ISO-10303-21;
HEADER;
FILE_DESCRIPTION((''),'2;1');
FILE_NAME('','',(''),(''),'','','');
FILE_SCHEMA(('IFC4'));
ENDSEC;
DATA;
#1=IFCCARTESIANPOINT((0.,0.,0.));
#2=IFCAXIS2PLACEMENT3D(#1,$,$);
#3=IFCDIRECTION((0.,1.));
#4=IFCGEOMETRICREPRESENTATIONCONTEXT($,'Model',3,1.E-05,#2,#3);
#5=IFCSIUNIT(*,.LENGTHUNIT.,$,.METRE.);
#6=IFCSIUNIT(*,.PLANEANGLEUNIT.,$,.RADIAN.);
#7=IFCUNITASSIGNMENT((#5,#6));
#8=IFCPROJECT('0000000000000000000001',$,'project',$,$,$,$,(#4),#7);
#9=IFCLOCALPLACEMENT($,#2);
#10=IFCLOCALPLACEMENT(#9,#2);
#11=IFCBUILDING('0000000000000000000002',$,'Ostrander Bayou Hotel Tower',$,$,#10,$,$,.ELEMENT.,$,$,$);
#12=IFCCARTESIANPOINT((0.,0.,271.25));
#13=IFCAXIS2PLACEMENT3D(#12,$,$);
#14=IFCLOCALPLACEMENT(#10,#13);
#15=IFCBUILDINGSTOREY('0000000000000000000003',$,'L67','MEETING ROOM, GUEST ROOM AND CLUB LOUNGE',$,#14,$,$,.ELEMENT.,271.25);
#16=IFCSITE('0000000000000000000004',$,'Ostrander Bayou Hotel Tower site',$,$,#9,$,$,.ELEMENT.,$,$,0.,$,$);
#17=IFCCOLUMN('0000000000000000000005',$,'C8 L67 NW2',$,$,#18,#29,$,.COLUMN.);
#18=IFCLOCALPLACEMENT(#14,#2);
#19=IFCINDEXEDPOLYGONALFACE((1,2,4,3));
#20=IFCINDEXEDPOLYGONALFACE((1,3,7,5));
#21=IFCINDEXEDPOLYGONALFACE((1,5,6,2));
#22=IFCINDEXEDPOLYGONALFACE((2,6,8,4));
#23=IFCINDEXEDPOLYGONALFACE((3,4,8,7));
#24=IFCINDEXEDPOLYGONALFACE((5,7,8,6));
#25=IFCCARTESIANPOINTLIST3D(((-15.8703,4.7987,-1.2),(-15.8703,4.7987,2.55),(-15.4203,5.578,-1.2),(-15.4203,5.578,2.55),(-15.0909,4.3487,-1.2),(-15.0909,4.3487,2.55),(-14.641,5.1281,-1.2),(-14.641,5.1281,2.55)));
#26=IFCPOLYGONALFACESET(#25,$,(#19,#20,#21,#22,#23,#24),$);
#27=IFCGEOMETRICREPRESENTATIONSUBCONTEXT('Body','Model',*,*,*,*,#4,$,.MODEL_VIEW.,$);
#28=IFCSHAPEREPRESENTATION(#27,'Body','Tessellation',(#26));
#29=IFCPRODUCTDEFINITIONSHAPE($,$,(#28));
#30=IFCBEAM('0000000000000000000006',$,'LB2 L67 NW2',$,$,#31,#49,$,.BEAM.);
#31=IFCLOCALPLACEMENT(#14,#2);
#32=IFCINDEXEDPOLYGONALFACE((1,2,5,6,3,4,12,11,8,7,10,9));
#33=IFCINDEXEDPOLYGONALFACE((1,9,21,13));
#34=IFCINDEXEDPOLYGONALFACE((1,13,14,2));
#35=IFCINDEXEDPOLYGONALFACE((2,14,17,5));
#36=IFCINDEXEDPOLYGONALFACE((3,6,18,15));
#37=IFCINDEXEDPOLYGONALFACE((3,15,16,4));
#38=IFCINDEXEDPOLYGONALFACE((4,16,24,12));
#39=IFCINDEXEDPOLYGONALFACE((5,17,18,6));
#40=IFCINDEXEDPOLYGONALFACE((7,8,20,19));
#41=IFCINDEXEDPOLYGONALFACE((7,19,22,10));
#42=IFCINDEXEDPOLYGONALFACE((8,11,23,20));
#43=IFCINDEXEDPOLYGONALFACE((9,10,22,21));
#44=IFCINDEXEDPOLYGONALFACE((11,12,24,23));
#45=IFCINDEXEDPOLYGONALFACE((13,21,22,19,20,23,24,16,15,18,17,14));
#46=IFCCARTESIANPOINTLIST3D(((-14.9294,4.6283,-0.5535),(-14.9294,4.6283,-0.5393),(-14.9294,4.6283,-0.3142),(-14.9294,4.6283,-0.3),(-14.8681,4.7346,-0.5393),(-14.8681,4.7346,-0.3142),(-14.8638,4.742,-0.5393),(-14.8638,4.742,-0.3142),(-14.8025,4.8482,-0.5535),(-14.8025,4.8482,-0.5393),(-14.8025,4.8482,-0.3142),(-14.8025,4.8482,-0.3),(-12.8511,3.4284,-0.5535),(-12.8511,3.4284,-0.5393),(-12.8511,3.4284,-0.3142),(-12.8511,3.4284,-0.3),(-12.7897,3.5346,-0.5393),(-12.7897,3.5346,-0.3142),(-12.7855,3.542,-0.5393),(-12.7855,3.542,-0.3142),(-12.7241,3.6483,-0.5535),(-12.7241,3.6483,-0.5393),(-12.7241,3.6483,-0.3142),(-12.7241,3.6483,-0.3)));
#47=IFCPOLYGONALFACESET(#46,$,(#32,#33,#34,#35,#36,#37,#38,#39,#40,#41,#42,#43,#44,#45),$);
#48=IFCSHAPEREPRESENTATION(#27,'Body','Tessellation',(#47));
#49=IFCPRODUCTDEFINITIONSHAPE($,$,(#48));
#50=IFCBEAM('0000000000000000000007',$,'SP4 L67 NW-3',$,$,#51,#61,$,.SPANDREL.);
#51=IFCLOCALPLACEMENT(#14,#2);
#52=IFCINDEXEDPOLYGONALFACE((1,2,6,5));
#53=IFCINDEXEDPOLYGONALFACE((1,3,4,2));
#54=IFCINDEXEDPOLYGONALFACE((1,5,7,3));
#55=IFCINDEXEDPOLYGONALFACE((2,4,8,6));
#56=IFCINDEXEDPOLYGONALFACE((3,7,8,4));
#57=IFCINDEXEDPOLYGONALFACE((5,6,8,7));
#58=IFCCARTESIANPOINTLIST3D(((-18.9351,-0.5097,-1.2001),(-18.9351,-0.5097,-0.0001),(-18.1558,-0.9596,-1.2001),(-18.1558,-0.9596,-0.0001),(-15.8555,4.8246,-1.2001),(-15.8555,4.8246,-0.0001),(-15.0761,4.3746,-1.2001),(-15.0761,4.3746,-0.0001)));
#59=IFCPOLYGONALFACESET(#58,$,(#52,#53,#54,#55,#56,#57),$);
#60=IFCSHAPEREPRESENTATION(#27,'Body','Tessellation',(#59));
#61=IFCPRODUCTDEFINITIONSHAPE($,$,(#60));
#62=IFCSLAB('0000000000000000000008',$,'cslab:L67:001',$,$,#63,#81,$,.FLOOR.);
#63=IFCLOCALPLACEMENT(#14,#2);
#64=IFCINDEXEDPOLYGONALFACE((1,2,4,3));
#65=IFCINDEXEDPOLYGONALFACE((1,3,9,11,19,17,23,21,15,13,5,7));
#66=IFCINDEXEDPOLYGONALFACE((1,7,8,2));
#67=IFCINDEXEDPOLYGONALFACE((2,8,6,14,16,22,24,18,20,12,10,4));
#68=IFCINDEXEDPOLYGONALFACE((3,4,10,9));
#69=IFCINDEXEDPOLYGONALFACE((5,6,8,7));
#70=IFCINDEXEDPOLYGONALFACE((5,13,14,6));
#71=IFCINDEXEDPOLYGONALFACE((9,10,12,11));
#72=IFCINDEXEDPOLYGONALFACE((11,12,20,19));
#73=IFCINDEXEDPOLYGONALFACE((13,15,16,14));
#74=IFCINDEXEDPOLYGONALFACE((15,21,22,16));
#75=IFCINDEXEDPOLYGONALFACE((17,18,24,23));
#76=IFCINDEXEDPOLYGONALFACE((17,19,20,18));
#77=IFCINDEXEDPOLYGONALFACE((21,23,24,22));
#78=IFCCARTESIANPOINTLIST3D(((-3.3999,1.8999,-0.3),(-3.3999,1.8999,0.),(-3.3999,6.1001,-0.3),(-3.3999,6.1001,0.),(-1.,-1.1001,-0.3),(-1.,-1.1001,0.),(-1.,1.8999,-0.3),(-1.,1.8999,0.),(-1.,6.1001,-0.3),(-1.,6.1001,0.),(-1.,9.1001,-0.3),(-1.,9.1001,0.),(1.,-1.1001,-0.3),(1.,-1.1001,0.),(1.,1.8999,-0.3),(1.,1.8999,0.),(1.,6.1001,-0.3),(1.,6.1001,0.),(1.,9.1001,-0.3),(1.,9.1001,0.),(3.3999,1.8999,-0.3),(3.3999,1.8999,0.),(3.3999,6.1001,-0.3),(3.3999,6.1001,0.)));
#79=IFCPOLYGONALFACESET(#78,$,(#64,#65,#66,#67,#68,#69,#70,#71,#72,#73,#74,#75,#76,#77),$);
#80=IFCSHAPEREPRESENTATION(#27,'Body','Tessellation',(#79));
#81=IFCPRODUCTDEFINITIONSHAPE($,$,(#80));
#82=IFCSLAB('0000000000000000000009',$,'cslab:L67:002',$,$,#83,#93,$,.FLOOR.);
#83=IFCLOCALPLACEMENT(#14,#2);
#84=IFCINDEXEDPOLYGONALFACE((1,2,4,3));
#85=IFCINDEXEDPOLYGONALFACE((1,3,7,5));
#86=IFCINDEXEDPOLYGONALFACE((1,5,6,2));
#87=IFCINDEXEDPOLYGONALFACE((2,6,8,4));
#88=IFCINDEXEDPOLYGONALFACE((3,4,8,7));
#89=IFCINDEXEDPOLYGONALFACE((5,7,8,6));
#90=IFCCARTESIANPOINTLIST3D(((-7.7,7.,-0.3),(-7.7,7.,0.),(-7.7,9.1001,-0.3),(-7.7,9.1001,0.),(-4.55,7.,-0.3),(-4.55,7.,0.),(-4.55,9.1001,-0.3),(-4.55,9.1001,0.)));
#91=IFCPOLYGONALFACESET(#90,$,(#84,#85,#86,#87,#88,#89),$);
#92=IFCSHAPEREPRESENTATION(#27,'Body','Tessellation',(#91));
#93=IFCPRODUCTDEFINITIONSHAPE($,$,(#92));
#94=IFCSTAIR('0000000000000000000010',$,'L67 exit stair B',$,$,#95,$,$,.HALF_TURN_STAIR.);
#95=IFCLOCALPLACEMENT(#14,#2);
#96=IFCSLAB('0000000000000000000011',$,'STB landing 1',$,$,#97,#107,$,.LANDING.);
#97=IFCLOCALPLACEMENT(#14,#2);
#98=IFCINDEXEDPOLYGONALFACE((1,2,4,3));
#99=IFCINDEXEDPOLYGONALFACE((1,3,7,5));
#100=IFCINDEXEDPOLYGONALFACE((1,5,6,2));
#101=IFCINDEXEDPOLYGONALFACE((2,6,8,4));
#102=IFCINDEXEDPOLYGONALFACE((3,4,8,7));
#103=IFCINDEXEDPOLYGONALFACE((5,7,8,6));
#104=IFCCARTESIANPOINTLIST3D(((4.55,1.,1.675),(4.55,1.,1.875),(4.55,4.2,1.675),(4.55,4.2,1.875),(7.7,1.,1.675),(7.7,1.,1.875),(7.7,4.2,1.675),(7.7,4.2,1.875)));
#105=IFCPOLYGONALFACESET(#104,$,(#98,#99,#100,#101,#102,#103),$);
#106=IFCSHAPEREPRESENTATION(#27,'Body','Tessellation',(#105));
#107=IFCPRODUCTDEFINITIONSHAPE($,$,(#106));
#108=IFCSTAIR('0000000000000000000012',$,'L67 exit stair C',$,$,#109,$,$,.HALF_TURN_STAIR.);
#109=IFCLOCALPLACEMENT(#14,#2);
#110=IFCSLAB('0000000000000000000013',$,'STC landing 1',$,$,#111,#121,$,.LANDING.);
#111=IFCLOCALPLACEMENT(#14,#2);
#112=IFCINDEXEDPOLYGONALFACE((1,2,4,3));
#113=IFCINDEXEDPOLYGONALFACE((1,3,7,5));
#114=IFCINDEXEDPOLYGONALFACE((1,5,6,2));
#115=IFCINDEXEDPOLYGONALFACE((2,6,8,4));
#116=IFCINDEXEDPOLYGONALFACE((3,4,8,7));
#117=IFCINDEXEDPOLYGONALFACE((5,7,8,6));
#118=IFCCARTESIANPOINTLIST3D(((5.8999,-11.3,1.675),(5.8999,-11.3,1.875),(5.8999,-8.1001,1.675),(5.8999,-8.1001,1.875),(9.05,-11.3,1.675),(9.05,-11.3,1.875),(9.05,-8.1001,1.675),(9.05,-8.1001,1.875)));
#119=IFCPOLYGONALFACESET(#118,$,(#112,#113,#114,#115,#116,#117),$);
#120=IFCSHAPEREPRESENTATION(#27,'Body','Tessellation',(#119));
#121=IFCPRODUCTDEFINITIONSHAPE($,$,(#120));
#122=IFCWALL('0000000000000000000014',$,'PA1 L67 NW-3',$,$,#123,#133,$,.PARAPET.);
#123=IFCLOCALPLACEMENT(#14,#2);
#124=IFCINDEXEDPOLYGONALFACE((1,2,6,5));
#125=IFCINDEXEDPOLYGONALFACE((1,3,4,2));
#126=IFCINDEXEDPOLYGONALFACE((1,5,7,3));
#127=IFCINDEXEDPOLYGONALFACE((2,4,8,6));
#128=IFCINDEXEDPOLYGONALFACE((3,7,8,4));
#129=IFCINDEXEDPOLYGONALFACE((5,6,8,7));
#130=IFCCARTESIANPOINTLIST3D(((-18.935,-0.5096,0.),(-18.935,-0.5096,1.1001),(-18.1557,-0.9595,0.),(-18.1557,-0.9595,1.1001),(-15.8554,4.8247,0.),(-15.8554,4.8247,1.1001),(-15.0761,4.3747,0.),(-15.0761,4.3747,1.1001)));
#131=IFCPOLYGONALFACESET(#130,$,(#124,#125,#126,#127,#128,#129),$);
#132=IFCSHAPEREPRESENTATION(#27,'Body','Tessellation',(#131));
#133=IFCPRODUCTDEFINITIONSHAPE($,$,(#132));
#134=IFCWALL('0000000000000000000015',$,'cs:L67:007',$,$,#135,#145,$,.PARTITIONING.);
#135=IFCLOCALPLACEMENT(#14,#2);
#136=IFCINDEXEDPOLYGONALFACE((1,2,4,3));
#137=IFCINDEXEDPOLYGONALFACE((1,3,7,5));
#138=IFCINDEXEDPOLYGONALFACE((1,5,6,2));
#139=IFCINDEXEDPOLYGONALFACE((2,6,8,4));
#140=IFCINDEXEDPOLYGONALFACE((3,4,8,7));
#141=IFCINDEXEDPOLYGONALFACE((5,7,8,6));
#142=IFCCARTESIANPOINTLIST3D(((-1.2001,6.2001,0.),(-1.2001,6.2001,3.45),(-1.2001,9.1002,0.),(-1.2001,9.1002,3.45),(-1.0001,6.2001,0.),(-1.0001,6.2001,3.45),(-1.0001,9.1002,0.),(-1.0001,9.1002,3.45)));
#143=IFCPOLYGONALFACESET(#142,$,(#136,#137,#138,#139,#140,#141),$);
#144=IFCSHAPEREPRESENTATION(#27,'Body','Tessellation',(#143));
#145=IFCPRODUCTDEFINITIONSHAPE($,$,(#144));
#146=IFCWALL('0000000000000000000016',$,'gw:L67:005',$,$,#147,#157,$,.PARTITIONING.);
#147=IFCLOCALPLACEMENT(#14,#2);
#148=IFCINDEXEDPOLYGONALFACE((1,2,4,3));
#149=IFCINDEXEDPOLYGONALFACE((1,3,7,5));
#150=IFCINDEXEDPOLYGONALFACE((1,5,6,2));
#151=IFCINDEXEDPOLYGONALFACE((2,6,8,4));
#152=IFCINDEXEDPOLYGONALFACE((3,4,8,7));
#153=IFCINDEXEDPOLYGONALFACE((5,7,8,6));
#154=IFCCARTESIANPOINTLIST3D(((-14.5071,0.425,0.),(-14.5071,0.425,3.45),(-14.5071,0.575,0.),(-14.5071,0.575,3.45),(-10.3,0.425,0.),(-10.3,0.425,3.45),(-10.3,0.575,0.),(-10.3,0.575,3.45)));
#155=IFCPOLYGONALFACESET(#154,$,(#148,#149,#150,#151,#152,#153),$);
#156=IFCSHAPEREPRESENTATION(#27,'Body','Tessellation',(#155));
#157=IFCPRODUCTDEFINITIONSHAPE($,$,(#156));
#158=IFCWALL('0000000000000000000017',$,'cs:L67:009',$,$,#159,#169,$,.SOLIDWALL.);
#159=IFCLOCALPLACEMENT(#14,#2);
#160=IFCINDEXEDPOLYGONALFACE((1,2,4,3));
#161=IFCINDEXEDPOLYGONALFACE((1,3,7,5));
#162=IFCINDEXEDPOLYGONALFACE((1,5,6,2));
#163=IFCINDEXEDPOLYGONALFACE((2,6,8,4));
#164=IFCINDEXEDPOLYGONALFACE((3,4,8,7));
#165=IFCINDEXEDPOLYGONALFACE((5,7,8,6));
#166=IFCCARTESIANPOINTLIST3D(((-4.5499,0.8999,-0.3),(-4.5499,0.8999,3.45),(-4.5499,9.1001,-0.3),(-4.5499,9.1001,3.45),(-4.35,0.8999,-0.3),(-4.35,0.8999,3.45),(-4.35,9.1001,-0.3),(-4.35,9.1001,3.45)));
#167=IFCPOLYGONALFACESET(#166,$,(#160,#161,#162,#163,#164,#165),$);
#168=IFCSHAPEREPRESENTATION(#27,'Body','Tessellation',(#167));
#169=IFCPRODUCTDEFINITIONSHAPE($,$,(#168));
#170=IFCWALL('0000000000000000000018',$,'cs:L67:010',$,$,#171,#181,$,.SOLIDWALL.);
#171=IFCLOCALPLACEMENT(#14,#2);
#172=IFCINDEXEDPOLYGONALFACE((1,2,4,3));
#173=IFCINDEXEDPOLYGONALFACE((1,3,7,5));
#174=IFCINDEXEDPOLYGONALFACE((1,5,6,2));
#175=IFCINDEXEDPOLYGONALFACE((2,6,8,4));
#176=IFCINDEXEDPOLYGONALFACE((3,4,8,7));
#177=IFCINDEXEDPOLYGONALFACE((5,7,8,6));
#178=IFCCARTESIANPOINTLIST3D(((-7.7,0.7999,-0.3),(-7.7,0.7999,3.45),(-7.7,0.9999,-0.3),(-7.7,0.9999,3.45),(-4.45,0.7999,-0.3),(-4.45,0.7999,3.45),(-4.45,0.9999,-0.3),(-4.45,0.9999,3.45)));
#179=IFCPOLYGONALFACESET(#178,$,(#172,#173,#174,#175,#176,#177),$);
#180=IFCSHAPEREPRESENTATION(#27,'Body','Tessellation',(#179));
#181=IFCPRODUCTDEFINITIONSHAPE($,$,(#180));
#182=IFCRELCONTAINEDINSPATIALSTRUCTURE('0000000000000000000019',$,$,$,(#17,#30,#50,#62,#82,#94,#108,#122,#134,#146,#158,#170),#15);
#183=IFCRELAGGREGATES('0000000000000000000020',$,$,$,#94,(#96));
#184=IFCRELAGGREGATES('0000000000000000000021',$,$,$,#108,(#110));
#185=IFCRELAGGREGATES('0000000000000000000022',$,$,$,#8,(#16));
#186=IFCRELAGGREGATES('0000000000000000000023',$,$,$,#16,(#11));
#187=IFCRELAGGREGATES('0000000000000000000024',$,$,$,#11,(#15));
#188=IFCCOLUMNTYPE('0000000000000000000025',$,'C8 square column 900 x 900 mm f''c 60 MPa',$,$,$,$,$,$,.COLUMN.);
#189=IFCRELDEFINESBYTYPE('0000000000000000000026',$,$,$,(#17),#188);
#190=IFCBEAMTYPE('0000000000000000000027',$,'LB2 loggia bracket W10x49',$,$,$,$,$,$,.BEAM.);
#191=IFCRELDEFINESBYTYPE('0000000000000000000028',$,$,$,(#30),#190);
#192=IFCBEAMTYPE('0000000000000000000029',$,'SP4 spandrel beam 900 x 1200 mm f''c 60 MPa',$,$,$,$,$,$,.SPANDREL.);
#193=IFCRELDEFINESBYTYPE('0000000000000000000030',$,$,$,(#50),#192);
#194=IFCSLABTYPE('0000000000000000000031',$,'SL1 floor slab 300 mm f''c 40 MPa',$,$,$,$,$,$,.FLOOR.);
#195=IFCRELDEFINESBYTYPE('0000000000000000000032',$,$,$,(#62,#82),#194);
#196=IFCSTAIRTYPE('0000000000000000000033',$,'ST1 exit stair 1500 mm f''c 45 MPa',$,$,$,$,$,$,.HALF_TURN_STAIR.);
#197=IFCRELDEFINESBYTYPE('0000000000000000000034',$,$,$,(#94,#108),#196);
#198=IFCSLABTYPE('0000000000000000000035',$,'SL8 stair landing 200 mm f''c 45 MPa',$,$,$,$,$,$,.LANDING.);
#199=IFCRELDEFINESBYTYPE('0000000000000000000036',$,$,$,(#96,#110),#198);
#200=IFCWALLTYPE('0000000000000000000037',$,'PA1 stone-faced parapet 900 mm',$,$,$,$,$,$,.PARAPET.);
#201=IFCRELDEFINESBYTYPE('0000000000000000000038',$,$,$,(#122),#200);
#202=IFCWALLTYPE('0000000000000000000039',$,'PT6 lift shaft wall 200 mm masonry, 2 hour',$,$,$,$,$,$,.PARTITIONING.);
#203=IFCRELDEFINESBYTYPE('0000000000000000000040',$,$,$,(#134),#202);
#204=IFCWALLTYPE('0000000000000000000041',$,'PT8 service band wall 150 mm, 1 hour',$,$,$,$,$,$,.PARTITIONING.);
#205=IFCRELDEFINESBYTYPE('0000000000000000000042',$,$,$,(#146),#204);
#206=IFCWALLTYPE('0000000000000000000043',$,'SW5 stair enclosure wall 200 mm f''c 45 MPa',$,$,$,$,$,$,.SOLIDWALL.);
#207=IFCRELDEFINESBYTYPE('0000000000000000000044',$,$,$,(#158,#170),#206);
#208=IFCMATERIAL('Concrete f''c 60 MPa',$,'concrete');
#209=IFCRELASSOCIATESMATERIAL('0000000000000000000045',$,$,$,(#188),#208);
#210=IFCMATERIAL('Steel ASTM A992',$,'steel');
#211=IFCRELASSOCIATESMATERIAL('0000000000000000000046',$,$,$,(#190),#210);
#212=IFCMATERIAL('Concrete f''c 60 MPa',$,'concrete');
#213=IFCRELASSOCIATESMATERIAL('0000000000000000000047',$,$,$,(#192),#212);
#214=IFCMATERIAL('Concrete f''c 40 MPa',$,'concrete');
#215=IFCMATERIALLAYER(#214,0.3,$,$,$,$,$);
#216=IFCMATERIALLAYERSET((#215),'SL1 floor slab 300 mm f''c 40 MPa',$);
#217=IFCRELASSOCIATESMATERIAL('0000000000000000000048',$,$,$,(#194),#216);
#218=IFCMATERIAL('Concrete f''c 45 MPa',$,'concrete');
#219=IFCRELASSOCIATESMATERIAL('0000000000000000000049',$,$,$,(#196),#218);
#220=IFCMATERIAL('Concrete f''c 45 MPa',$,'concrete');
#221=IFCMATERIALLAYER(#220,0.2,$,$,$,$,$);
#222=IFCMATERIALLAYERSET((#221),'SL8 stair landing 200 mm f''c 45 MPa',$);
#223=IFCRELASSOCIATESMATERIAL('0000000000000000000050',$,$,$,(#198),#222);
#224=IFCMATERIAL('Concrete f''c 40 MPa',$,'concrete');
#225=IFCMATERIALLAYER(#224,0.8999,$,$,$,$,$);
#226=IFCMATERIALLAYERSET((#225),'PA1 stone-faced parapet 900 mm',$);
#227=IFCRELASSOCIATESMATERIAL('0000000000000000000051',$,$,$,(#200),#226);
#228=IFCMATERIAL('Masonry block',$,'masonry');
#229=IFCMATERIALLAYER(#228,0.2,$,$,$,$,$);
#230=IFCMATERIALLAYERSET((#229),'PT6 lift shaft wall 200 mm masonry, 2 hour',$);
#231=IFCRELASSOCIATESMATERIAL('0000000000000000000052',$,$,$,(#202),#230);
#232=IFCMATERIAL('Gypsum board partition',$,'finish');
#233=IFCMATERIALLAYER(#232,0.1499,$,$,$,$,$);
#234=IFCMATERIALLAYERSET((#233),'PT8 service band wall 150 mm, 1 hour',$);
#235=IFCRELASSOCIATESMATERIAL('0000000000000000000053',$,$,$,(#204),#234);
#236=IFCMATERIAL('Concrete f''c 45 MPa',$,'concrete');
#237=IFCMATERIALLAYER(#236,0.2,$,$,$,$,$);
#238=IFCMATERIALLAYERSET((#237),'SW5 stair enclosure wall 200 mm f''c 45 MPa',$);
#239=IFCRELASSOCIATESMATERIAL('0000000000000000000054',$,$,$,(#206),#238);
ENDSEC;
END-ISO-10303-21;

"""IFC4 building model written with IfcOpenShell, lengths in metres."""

from ifc_helpers import new_model, si_unit, direction, frame, frame_2d, origin, origin_2d, place, context, subcontext, project, spatial, polyline, rectangle, i_section, outline, extrude, material, layer, layer_set, material_profile, profile_set, type_object, element, aggregate, save


model = new_model("IFC4")

# Units and contexts
model_context = context("Model", 3, precision=1e-05, world=origin(), true_north=direction((0.0, 1.0)))
body_context = subcontext(model_context, "Body", "Model", "MODEL_VIEW")
ifc_project = project(units=[si_unit("LENGTHUNIT", "METRE"), si_unit("PLANEANGLEUNIT", "RADIAN")], contexts=[model_context])

# Site, building, storey
site_placement = place(None, origin())
site = spatial("IfcSite", under=ifc_project, at=site_placement, Name="Ostrander Bayou Hotel Tower site", CompositionType="ELEMENT", RefElevation=0.0)
building_placement = place(site_placement, origin())
building = spatial("IfcBuilding", under=site, at=building_placement, Name="Ostrander Bayou Hotel Tower", CompositionType="ELEMENT")
storey_placement = place(building_placement, frame((0.0, 0.0, 271.25)))
storey = spatial("IfcBuildingStorey", under=building, at=storey_placement, Name="L67", Description="MEETING ROOM, GUEST ROOM AND CLUB LOUNGE", CompositionType="ELEMENT", Elevation=271.25)

# Column
ifc_material_1 = material(Name="Concrete f'c 60 MPa", Category="concrete")
ifc_material_profile_1 = material_profile(ifc_material_1, rectangle(XDim=0.8999, YDim=0.8999, at=origin_2d()))
ifc_profile_set_1 = profile_set([ifc_material_profile_1], Name="Concrete f'c 60 MPa")
column_type = type_object("IfcColumnType", Name="C8 square column 900 x 900 mm f'c 60 MPa", PredefinedType="COLUMN", material=ifc_profile_set_1)
column_placement = place(storey_placement, frame((-15.2556, 4.9634, -1.2), z_axis=(0.0, 0.0, 1.0), x_axis=(0.5, 0.866025, 0.0)))
element("IfcColumn", 1, at=column_placement, inside=storey, type_object=column_type, Name="C8 L67 NW2", PredefinedType="COLUMN", context=body_context, shape_type="SweptSolid", body=[
    extrude(rectangle(XDim=0.8999, YDim=0.8999, at=origin_2d()), origin(), (0.0, 0.0, 1.0), 3.75),
])

# Beams
ifc_material_2 = material(Name="Steel ASTM A992", Category="steel")
ifc_material_profile_2 = material_profile(ifc_material_2, i_section(OverallWidth=0.2539, OverallDepth=0.2534, WebThickness=0.0085, FlangeThickness=0.0142, at=origin_2d()))
ifc_profile_set_2 = profile_set([ifc_material_profile_2], Name="Steel ASTM A992")
beam_type_1 = type_object("IfcBeamType", Name="LB2 loggia bracket W10x49", PredefinedType="BEAM", material=ifc_profile_set_2)
beam_1_placement = place(storey_placement, frame((-14.866, 4.7383, -0.4268), z_axis=(0.866025, -0.500001, 0.0), x_axis=(0.500001, 0.866025, 0.0)))
element("IfcBeam", 2, at=beam_1_placement, inside=storey, type_object=beam_type_1, Name="LB2 L67 NW2", PredefinedType="BEAM", context=body_context, shape_type="SweptSolid", body=[
    extrude(i_section(OverallWidth=0.2539, OverallDepth=0.2534, WebThickness=0.0085, FlangeThickness=0.0142, at=origin_2d()), origin(), (0.0, 0.0, 1.0), 2.3999),
])
ifc_material_3 = material(Name="Concrete f'c 60 MPa", Category="concrete")
ifc_material_profile_3 = material_profile(ifc_material_3, rectangle(XDim=0.8999, YDim=1.2, at=origin_2d()))
ifc_profile_set_3 = profile_set([ifc_material_profile_3], Name="Concrete f'c 60 MPa")
beam_type_2 = type_object("IfcBeamType", Name="SP4 spandrel beam 900 x 1200 mm f'c 60 MPa", PredefinedType="SPANDREL", material=ifc_profile_set_3)
beam_2_placement = place(storey_placement, frame((-15.4658, 4.5996, -0.6001), z_axis=(-0.499984, -0.866034, 0.0), x_axis=(0.866034, -0.499984, 0.0)))
element("IfcBeam", 3, at=beam_2_placement, inside=storey, type_object=beam_type_2, Name="SP4 L67 NW-3", PredefinedType="SPANDREL", context=body_context, shape_type="SweptSolid", body=[
    extrude(rectangle(XDim=0.8999, YDim=1.2, at=origin_2d()), origin(), (0.0, 0.0, 1.0), 6.1594),
])

# Slabs
ifc_material_4 = material(Name="Concrete f'c 40 MPa", Category="concrete")
ifc_layer_1 = layer(ifc_material_4, 0.3)
ifc_layer_set_1 = layer_set([ifc_layer_1], Name="SL1 floor slab 300 mm f'c 40 MPa")
slab_type_1 = type_object("IfcSlabType", Name="SL1 floor slab 300 mm f'c 40 MPa", PredefinedType="FLOOR", material=ifc_layer_set_1)
slab_1_placement = place(storey_placement, frame((0.0, 0.0, -0.3)))
element("IfcSlab", 4, at=slab_1_placement, inside=storey, type_object=slab_type_1, Name="cslab:L67:001", PredefinedType="FLOOR", context=body_context, shape_type="SweptSolid", body=[
    extrude(outline(polyline([(-3.3999, 6.1001), (-1.0, 6.1001), (-1.0, 9.1001), (1.0, 9.1001), (1.0, 6.1001), (3.3999, 6.1001), (3.3999, 1.8999), (1.0, 1.8999), (1.0, -1.1001), (-1.0, -1.1001), (-1.0, 1.8999), (-3.3999, 1.8999), (-3.3999, 6.1001)])), origin(), (0.0, 0.0, 1.0), 0.3),
])
slab_2_placement = place(storey_placement, frame((0.0, 0.0, -0.3)))
element("IfcSlab", 5, at=slab_2_placement, inside=storey, type_object=slab_type_1, Name="cslab:L67:002", PredefinedType="FLOOR", context=body_context, shape_type="SweptSolid", body=[
    extrude(outline(polyline([(-4.55, 7.0), (-4.55, 9.1001), (-7.7, 9.1001), (-7.7, 7.0), (-4.55, 7.0)])), origin(), (0.0, 0.0, 1.0), 0.3),
])

# Stairs, slabs
ifc_material_5 = material(Name="Concrete f'c 45 MPa", Category="concrete")
stair_type = type_object("IfcStairType", Name="ST1 exit stair 1500 mm f'c 45 MPa", PredefinedType="HALF_TURN_STAIR", material=ifc_material_5)
stair_1_placement = place(storey_placement, origin())
stair_1 = element("IfcStair", 6, at=stair_1_placement, inside=storey, type_object=stair_type, Name="L67 exit stair B", PredefinedType="HALF_TURN_STAIR")
ifc_material_6 = material(Name="Concrete f'c 45 MPa", Category="concrete")
ifc_layer_2 = layer(ifc_material_6, 0.2)
ifc_layer_set_2 = layer_set([ifc_layer_2], Name="SL8 stair landing 200 mm f'c 45 MPa")
slab_type_2 = type_object("IfcSlabType", Name="SL8 stair landing 200 mm f'c 45 MPa", PredefinedType="LANDING", material=ifc_layer_set_2)
slab_3_placement = place(storey_placement, frame((0.0, 0.0, 1.675)))
slab_3 = element("IfcSlab", 7, at=slab_3_placement, type_object=slab_type_2, Name="STB landing 1", PredefinedType="LANDING", context=body_context, shape_type="SweptSolid", body=[
    extrude(outline(polyline([(4.55, 4.2), (4.55, 1.0), (7.7, 1.0), (7.7, 4.2), (4.55, 4.2)])), origin(), (0.0, 0.0, 1.0), 0.2),
])
aggregate(stair_1, [slab_3])
stair_2_placement = place(storey_placement, origin())
stair_2 = element("IfcStair", 8, at=stair_2_placement, inside=storey, type_object=stair_type, Name="L67 exit stair C", PredefinedType="HALF_TURN_STAIR")
slab_4_placement = place(storey_placement, frame((0.0, 0.0, 1.675)))
slab_4 = element("IfcSlab", 9, at=slab_4_placement, type_object=slab_type_2, Name="STC landing 1", PredefinedType="LANDING", context=body_context, shape_type="SweptSolid", body=[
    extrude(outline(polyline([(5.8999, -8.1001), (5.8999, -11.3), (9.05, -11.3), (9.05, -8.1001), (5.8999, -8.1001)])), origin(), (0.0, 0.0, 1.0), 0.2),
])
aggregate(stair_2, [slab_4])

# Wall
ifc_material_7 = material(Name="Concrete f'c 40 MPa", Category="concrete")
ifc_layer_3 = layer(ifc_material_7, 0.8999)
ifc_layer_set_3 = layer_set([ifc_layer_3], Name="PA1 stone-faced parapet 900 mm")
wall_type_1 = type_object("IfcWallType", Name="PA1 stone-faced parapet 900 mm", PredefinedType="PARAPET", material=ifc_layer_set_3)
wall_1_placement = place(storey_placement, frame((-15.4658, 4.5996, 0.0), z_axis=(0.0, 0.0, 1.0), x_axis=(-0.499984, -0.866034, 0.0)))
element("IfcWall", 10, at=wall_1_placement, inside=storey, type_object=wall_type_1, Name="PA1 L67 NW-3", PredefinedType="PARAPET", context=body_context, shape_type="SweptSolid", body=[
    extrude(rectangle(XDim=6.1594, YDim=0.8999, at=frame_2d((3.0796, 0.0))), origin(), (0.0, 0.0, 1.0), 1.1001),
])

# Shared definitions
ifc_material_8 = material(Name="Masonry block", Category="masonry")
ifc_layer_4 = layer(ifc_material_8, 0.2)
ifc_layer_set_4 = layer_set([ifc_layer_4], Name="PT6 lift shaft wall 200 mm masonry, 2 hour")
wall_type_2 = type_object("IfcWallType", Name="PT6 lift shaft wall 200 mm masonry, 2 hour", PredefinedType="PARTITIONING", material=ifc_layer_set_4)

# Walls
wall_2_placement = place(storey_placement, frame((-1.1001, 6.2, 0.0), z_axis=(0.0, 0.0, 1.0), x_axis=(0.0, 1.0, 0.0)))
element("IfcWall", 11, at=wall_2_placement, inside=storey, type_object=wall_type_2, Name="cs:L67:007", PredefinedType="PARTITIONING", context=body_context, shape_type="SweptSolid", body=[
    extrude(rectangle(XDim=2.9001, YDim=0.2, at=frame_2d((1.4502, 0.0))), origin(), (0.0, 0.0, 1.0), 3.45),
])
ifc_material_9 = material(Name="Gypsum board partition", Category="finish")
ifc_layer_5 = layer(ifc_material_9, 0.1499)
ifc_layer_set_5 = layer_set([ifc_layer_5], Name="PT8 service band wall 150 mm, 1 hour")
wall_type_3 = type_object("IfcWallType", Name="PT8 service band wall 150 mm, 1 hour", PredefinedType="PARTITIONING", material=ifc_layer_set_5)
wall_3_placement = place(storey_placement, frame((-14.5071, 0.5, 0.0), z_axis=(0.0, 0.0, 1.0), x_axis=(1.0, 0.0, 0.0)))
element("IfcWall", 12, at=wall_3_placement, inside=storey, type_object=wall_type_3, Name="gw:L67:005", PredefinedType="PARTITIONING", context=body_context, shape_type="SweptSolid", body=[
    extrude(rectangle(XDim=4.207, YDim=0.1499, at=frame_2d((2.1035, 0.0))), origin(), (0.0, 0.0, 1.0), 3.45),
])
ifc_material_10 = material(Name="Concrete f'c 45 MPa", Category="concrete")
ifc_layer_6 = layer(ifc_material_10, 0.2)
ifc_layer_set_6 = layer_set([ifc_layer_6], Name="SW5 stair enclosure wall 200 mm f'c 45 MPa")
wall_type_4 = type_object("IfcWallType", Name="SW5 stair enclosure wall 200 mm f'c 45 MPa", PredefinedType="SOLIDWALL", material=ifc_layer_set_6)
wall_4_placement = place(storey_placement, frame((-4.45, 0.8999, -0.3), z_axis=(0.0, 0.0, 1.0), x_axis=(0.0, 1.0, 0.0)))
element("IfcWall", 13, at=wall_4_placement, inside=storey, type_object=wall_type_4, Name="cs:L67:009", PredefinedType="SOLIDWALL", context=body_context, shape_type="SweptSolid", body=[
    extrude(rectangle(XDim=8.2002, YDim=0.2, at=frame_2d((4.1001, 0.0))), origin(), (0.0, 0.0, 1.0), 3.75),
])
wall_5_placement = place(storey_placement, frame((-7.7, 0.8999, -0.3), z_axis=(0.0, 0.0, 1.0), x_axis=(1.0, 0.0, 0.0)))
element("IfcWall", 14, at=wall_5_placement, inside=storey, type_object=wall_type_4, Name="cs:L67:010", PredefinedType="SOLIDWALL", context=body_context, shape_type="SweptSolid", body=[
    extrude(rectangle(XDim=3.25, YDim=0.2, at=frame_2d((1.625, 0.0))), origin(), (0.0, 0.0, 1.0), 3.75),
])

save(model, "model.ifc")
